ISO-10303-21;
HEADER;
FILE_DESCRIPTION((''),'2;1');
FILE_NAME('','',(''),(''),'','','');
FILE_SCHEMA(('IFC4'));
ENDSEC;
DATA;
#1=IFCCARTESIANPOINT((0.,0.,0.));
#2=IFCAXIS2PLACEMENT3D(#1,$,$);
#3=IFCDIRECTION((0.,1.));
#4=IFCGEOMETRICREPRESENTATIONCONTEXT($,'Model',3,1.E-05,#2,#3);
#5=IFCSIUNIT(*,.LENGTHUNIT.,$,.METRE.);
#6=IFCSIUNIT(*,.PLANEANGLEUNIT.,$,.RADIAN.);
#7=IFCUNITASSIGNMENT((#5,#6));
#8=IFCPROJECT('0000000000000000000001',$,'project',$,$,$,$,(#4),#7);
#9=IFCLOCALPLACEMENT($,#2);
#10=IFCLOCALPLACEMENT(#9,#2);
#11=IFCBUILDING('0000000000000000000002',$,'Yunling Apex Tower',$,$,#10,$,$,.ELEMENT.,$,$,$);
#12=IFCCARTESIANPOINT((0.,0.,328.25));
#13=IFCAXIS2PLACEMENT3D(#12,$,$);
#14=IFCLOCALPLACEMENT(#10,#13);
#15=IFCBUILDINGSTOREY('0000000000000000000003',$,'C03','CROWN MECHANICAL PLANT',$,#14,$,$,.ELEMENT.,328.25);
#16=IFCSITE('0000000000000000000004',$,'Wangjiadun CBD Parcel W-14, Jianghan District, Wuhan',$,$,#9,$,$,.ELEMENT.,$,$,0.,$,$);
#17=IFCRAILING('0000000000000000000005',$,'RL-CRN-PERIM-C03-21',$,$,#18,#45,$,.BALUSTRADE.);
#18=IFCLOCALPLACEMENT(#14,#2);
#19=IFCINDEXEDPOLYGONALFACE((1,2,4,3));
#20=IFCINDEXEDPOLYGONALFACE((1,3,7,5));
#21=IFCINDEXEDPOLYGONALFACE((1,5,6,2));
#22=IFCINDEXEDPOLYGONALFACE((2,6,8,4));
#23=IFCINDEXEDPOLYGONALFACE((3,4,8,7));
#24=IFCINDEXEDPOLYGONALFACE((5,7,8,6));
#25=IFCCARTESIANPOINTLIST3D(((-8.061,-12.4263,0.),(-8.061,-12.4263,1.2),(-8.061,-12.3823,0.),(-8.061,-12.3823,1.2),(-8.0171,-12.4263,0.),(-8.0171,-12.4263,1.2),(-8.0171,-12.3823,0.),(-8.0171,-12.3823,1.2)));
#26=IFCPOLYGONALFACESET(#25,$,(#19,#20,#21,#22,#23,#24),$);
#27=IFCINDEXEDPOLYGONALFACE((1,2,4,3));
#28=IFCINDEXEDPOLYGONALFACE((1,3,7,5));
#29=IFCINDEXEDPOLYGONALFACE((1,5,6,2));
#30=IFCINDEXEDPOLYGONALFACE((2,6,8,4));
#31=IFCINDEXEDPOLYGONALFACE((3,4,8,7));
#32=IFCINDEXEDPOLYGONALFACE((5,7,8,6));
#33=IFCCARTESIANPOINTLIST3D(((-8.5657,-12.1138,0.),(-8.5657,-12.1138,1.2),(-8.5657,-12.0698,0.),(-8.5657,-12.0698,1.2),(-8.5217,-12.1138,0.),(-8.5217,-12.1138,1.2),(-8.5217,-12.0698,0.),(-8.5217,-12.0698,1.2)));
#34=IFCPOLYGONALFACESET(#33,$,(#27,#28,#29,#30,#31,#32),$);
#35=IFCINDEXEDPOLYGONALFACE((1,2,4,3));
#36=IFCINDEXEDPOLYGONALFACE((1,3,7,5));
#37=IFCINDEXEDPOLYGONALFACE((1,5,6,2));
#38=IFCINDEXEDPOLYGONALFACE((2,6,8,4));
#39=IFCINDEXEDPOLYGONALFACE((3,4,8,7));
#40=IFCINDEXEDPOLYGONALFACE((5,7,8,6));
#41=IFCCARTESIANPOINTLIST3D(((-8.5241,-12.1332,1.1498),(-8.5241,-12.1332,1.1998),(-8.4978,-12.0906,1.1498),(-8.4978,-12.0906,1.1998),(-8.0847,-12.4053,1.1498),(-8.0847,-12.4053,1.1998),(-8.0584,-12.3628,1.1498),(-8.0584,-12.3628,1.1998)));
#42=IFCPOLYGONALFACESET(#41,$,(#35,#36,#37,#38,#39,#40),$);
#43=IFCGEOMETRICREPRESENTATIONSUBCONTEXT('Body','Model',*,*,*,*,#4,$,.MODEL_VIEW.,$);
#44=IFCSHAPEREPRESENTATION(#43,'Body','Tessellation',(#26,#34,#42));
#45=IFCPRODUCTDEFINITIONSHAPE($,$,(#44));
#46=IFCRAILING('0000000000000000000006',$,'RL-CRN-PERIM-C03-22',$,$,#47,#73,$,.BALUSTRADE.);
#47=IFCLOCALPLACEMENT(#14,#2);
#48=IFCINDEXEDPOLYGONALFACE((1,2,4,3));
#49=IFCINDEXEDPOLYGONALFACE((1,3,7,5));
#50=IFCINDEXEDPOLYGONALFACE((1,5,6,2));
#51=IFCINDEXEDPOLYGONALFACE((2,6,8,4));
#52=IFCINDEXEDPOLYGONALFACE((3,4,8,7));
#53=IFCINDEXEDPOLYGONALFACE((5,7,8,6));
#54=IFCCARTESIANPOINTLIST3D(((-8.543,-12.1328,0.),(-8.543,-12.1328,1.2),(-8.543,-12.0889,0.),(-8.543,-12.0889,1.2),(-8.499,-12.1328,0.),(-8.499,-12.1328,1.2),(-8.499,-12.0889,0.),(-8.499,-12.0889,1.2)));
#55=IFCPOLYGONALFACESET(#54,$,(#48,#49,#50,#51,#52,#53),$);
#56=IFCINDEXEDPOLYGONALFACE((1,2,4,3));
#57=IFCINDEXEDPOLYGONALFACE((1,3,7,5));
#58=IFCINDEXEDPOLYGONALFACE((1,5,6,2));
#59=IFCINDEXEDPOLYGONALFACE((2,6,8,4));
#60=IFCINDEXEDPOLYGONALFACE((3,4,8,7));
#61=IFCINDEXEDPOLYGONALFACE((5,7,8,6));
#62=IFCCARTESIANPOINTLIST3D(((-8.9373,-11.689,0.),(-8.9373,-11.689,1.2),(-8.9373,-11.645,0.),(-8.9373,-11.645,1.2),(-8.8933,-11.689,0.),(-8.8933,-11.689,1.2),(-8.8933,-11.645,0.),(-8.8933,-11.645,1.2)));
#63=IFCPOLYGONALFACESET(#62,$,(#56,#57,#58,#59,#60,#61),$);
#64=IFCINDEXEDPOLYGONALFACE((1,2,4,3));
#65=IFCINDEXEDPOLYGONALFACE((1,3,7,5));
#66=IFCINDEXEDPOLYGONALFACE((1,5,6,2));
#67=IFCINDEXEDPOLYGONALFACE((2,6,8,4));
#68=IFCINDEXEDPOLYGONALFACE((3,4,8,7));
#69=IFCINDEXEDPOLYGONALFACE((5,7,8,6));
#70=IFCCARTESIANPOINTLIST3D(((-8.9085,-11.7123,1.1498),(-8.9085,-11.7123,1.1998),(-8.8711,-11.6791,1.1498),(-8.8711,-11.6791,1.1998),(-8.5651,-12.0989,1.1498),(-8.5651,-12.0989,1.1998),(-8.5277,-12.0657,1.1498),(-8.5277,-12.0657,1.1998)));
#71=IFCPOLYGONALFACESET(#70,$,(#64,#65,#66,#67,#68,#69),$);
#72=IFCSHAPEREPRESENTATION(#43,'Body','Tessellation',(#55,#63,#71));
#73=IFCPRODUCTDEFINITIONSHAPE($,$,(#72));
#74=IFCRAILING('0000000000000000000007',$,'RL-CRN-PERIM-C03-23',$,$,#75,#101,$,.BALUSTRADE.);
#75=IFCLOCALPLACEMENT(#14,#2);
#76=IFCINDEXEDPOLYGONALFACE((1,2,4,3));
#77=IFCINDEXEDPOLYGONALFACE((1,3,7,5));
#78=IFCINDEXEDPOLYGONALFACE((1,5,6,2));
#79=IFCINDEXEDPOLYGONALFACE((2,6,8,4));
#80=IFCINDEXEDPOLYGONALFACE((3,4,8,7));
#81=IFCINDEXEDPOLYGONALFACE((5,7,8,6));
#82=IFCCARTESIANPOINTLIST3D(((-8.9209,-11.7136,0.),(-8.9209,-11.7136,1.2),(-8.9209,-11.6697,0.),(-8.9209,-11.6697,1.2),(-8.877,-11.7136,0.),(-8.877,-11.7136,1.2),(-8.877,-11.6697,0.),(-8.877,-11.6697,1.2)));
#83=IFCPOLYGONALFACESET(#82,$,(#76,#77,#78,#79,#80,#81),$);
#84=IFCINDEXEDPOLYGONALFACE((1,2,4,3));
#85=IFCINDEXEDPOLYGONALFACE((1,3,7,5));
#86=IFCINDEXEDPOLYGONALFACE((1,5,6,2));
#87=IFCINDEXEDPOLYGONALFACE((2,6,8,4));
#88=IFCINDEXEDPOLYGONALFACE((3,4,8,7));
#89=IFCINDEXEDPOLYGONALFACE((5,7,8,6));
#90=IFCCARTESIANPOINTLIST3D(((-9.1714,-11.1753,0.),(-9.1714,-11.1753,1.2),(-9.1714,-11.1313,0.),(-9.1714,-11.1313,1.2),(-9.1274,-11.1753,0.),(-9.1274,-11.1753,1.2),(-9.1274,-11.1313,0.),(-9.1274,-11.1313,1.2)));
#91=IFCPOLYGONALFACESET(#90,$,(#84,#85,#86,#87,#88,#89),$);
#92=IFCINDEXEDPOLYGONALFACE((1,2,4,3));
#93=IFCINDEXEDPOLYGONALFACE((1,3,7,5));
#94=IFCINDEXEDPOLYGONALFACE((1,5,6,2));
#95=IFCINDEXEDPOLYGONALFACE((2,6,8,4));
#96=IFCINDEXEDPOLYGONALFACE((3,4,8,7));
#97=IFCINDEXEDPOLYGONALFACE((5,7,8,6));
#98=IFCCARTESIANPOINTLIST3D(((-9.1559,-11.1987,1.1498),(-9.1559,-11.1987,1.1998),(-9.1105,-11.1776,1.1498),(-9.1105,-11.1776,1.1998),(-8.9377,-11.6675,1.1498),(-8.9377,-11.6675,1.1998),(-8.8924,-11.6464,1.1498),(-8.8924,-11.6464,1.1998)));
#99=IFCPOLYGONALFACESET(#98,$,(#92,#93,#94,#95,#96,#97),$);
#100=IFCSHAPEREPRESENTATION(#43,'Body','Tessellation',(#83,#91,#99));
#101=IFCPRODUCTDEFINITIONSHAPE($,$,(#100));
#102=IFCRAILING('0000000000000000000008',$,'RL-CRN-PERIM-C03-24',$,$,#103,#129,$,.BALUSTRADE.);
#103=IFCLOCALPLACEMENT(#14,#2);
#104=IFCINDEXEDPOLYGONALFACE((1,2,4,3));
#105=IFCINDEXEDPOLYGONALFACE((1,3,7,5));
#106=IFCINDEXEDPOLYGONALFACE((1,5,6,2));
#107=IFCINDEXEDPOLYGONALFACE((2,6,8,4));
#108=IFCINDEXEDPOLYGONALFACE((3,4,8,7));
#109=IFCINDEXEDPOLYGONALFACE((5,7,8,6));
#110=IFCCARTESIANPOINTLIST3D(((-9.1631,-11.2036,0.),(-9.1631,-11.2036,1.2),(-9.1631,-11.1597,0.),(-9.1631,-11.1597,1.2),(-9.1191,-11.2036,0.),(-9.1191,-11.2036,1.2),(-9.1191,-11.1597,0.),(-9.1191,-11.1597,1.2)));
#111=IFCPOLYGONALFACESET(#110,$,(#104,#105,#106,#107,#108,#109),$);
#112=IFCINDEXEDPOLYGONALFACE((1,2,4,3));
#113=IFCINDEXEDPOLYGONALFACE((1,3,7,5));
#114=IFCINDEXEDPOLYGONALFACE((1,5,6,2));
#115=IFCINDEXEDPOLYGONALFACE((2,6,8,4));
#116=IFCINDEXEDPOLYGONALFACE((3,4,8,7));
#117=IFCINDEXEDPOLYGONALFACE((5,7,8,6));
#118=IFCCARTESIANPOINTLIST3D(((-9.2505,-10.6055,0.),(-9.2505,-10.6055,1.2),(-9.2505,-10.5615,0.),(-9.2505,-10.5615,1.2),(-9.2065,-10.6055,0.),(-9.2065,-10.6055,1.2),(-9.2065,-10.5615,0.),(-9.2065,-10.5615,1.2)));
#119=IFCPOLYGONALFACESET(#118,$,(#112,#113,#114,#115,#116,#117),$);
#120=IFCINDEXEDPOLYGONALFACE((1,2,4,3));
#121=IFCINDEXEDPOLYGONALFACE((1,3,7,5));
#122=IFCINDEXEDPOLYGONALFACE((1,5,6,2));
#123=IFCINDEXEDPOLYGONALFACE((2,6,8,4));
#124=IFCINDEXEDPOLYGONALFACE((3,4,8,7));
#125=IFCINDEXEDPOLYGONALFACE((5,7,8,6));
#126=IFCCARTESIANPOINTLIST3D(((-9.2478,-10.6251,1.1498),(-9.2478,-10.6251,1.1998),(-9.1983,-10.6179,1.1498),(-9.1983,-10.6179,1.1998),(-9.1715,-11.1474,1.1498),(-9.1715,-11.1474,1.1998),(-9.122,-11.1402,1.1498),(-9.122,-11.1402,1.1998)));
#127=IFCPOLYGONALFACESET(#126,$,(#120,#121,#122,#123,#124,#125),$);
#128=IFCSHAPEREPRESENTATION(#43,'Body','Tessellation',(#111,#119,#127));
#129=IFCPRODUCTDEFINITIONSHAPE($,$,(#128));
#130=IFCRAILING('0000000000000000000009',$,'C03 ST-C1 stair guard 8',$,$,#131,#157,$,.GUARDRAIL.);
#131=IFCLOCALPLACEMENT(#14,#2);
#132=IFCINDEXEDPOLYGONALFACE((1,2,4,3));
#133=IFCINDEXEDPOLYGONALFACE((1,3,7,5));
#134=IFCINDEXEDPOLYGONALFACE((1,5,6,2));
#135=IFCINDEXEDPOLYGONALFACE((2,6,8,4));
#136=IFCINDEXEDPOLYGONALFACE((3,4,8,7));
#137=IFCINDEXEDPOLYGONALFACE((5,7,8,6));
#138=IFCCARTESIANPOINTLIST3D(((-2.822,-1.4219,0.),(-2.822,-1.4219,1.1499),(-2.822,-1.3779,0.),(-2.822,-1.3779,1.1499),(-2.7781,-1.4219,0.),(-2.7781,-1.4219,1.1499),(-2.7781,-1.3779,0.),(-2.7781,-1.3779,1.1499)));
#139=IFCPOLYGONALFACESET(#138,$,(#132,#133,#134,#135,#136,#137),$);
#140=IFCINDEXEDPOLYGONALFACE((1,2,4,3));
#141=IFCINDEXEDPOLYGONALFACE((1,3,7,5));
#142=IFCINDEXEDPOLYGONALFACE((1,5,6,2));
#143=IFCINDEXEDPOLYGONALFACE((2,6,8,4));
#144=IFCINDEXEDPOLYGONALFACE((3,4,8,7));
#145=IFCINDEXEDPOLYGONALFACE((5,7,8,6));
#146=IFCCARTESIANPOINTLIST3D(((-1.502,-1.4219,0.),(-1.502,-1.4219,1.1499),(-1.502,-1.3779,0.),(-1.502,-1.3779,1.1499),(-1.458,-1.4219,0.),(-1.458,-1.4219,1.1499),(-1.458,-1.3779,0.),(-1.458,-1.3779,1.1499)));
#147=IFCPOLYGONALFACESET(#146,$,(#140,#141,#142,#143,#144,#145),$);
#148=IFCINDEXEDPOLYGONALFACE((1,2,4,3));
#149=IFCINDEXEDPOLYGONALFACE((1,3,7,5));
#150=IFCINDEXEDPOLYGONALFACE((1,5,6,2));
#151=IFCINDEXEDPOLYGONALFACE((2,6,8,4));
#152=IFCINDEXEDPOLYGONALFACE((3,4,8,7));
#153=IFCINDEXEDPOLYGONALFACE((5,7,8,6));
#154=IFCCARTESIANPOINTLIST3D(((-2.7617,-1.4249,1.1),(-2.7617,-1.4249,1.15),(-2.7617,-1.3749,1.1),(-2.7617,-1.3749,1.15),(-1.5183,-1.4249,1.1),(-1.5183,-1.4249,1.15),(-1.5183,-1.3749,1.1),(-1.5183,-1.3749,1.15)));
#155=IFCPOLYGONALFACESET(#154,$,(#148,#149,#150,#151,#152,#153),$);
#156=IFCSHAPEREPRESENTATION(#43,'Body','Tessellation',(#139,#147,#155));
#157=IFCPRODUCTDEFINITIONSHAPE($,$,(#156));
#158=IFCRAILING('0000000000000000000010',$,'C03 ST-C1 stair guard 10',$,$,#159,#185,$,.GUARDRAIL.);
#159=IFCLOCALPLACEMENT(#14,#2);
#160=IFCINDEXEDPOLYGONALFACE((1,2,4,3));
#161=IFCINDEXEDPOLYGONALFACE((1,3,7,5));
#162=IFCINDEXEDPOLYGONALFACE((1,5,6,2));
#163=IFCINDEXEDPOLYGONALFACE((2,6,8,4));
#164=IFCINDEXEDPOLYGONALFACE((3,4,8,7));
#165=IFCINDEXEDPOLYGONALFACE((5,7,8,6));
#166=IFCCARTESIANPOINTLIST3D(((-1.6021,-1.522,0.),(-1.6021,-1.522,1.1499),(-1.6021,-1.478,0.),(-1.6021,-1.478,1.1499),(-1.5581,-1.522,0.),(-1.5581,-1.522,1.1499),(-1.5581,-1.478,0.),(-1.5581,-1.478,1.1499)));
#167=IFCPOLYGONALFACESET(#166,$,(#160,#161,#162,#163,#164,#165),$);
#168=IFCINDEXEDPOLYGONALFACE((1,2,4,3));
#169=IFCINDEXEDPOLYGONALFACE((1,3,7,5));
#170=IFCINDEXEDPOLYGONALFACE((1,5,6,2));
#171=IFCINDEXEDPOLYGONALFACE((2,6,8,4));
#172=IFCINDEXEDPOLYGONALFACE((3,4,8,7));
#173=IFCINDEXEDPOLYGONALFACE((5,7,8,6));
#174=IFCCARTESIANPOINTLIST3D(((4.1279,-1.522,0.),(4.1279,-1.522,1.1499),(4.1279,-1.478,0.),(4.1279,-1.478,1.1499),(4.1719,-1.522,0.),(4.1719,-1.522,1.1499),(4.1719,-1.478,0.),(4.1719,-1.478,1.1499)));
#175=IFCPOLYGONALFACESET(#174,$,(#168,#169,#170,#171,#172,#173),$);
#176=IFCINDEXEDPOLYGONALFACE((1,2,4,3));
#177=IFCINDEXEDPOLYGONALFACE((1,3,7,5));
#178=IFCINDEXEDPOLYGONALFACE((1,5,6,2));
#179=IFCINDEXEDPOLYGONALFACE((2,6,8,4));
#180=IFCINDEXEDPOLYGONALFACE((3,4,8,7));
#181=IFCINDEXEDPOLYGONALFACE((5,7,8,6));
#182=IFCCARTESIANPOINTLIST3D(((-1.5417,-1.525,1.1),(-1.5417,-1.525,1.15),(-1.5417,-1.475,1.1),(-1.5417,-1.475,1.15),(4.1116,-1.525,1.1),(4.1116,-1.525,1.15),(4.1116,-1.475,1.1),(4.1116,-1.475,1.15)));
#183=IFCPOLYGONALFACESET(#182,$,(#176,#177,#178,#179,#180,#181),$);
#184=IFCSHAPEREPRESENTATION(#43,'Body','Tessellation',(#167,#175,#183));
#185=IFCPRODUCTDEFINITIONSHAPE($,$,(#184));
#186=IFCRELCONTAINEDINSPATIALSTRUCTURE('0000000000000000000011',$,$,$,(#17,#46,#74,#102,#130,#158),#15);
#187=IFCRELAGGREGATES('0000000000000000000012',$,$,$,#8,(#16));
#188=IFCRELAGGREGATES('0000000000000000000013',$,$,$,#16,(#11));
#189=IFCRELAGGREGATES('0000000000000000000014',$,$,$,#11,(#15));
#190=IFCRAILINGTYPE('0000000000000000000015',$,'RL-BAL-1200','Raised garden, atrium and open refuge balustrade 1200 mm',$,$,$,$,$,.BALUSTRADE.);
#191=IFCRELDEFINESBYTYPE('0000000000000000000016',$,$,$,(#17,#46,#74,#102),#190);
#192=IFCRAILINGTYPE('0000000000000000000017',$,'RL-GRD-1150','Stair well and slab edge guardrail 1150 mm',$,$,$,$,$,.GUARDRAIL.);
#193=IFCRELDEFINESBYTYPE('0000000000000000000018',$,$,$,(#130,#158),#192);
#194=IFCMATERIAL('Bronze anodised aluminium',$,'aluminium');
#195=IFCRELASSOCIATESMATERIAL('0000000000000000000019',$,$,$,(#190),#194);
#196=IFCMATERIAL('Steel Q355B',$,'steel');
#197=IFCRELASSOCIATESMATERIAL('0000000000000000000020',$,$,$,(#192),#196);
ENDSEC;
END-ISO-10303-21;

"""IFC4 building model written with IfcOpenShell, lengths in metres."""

from ifc_helpers import new_model, si_unit, direction, frame, origin, origin_2d, place, context, subcontext, project, spatial, rectangle, extrude, material, type_object, element, save


model = new_model("IFC4")

# Units and contexts
model_context = context("Model", 3, precision=1e-05, world=origin(), true_north=direction((0.0, 1.0)))
body_context = subcontext(model_context, "Body", "Model", "MODEL_VIEW")
ifc_project = project(units=[si_unit("LENGTHUNIT", "METRE"), si_unit("PLANEANGLEUNIT", "RADIAN")], contexts=[model_context])

# Site, building, storey
site_placement = place(None, origin())
site = spatial("IfcSite", under=ifc_project, at=site_placement, Name="Wangjiadun CBD Parcel W-14, Jianghan District, Wuhan", CompositionType="ELEMENT", RefElevation=0.0)
building_placement = place(site_placement, origin())
building = spatial("IfcBuilding", under=site, at=building_placement, Name="Yunling Apex Tower", CompositionType="ELEMENT")
storey_placement = place(building_placement, frame((0.0, 0.0, 328.25)))
storey = spatial("IfcBuildingStorey", under=building, at=storey_placement, Name="C03", Description="CROWN MECHANICAL PLANT", CompositionType="ELEMENT", Elevation=328.25)

# Shared definitions
ifc_material_1 = material(Name="Steel Q355B", Category="steel")

# Shared definitions
ifc_material_2 = material(Name="Bronze anodised aluminium", Category="aluminium")

# Railings
railing_type_1 = type_object("IfcRailingType", Name="RL-BAL-1200", Description="Raised garden, atrium and open refuge balustrade 1200 mm", PredefinedType="BALUSTRADE", material=ifc_material_2)
railing_1_placement = place(storey_placement, frame((-8.0391, -12.4043, 0.0)))
element("IfcRailing", 1, at=railing_1_placement, inside=storey, type_object=railing_type_1, Name="RL-CRN-PERIM-C03-21", PredefinedType="BALUSTRADE", context=body_context, shape_type="SweptSolid", body=[
    extrude(rectangle(XDim=0.0439, YDim=0.0439, at=origin_2d()), origin(), (0.0, 0.0, 1.0), 1.2),
    extrude(rectangle(XDim=0.0439, YDim=0.0439, at=origin_2d()), frame((-0.5046, 0.3125, 0.0)), (0.0, 0.0, 1.0), 1.2),
    extrude(rectangle(XDim=0.05, YDim=0.05, at=origin_2d()), frame((-0.0325, 0.0203, 1.1748), z_axis=(-0.850186, 0.526482, 0.0), x_axis=(-0.526482, -0.850186, 0.0)), (0.0, 0.0, 1.0), 0.5168),
])
railing_2_placement = place(storey_placement, frame((-8.521, -12.1108, 0.0)))
element("IfcRailing", 2, at=railing_2_placement, inside=storey, type_object=railing_type_1, Name="RL-CRN-PERIM-C03-22", PredefinedType="BALUSTRADE", context=body_context, shape_type="SweptSolid", body=[
    extrude(rectangle(XDim=0.0439, YDim=0.0439, at=origin_2d()), origin(), (0.0, 0.0, 1.0), 1.2),
    extrude(rectangle(XDim=0.0439, YDim=0.0439, at=origin_2d()), frame((-0.3943, 0.4438, 0.0)), (0.0, 0.0, 1.0), 1.2),
    extrude(rectangle(XDim=0.05, YDim=0.05, at=origin_2d()), frame((-0.0254, 0.0286, 1.1748), z_axis=(-0.664134, 0.747613, 0.0), x_axis=(-0.747613, -0.664134, 0.0)), (0.0, 0.0, 1.0), 0.5171),
])
railing_3_placement = place(storey_placement, frame((-8.8989, -11.6917, 0.0)))
element("IfcRailing", 3, at=railing_3_placement, inside=storey, type_object=railing_type_1, Name="RL-CRN-PERIM-C03-23", PredefinedType="BALUSTRADE", context=body_context, shape_type="SweptSolid", body=[
    extrude(rectangle(XDim=0.0439, YDim=0.0439, at=origin_2d()), origin(), (0.0, 0.0, 1.0), 1.2),
    extrude(rectangle(XDim=0.0439, YDim=0.0439, at=origin_2d()), frame((-0.2505, 0.5383, 0.0)), (0.0, 0.0, 1.0), 1.2),
    extrude(rectangle(XDim=0.05, YDim=0.05, at=origin_2d()), frame((-0.0161, 0.0347, 1.1748), z_axis=(-0.421872, 0.906655, 0.0), x_axis=(-0.906655, -0.421872, 0.0)), (0.0, 0.0, 1.0), 0.5171),
])
railing_4_placement = place(storey_placement, frame((-9.1411, -11.1816, 0.0)))
element("IfcRailing", 4, at=railing_4_placement, inside=storey, type_object=railing_type_1, Name="RL-CRN-PERIM-C03-24", PredefinedType="BALUSTRADE", context=body_context, shape_type="SweptSolid", body=[
    extrude(rectangle(XDim=0.0439, YDim=0.0439, at=origin_2d()), origin(), (0.0, 0.0, 1.0), 1.2),
    extrude(rectangle(XDim=0.0439, YDim=0.0439, at=origin_2d()), frame((-0.0874, 0.5981, 0.0)), (0.0, 0.0, 1.0), 1.2),
    extrude(rectangle(XDim=0.05, YDim=0.05, at=origin_2d()), frame((-0.0056, 0.0378, 1.1748), z_axis=(-0.144587, 0.989492, 0.0), x_axis=(-0.989492, -0.144587, 0.0)), (0.0, 0.0, 1.0), 0.5278),
])
railing_type_2 = type_object("IfcRailingType", Name="RL-GRD-1150", Description="Stair well and slab edge guardrail 1150 mm", PredefinedType="GUARDRAIL", material=ifc_material_1)
railing_5_placement = place(storey_placement, frame((-2.8, -1.3999, 0.0)))
element("IfcRailing", 5, at=railing_5_placement, inside=storey, type_object=railing_type_2, Name="C03 ST-C1 stair guard 8", PredefinedType="GUARDRAIL", context=body_context, shape_type="SweptSolid", body=[
    extrude(rectangle(XDim=0.0439, YDim=0.0439, at=origin_2d()), origin(), (0.0, 0.0, 1.0), 1.1499),
    extrude(rectangle(XDim=0.0439, YDim=0.0439, at=origin_2d()), frame((1.3201, 0.0, 0.0)), (0.0, 0.0, 1.0), 1.1499),
    extrude(rectangle(XDim=0.05, YDim=0.05, at=origin_2d()), frame((0.0383, 0.0, 1.125), z_axis=(1.0, 0.0, 0.0), x_axis=(0.0, 1.0, 0.0)), (0.0, 0.0, 1.0), 1.2434),
])
railing_6_placement = place(storey_placement, frame((-1.5801, -1.5, 0.0)))
element("IfcRailing", 6, at=railing_6_placement, inside=storey, type_object=railing_type_2, Name="C03 ST-C1 stair guard 10", PredefinedType="GUARDRAIL", context=body_context, shape_type="SweptSolid", body=[
    extrude(rectangle(XDim=0.0439, YDim=0.0439, at=origin_2d()), origin(), (0.0, 0.0, 1.0), 1.1499),
    extrude(rectangle(XDim=0.0439, YDim=0.0439, at=origin_2d()), frame((5.73, 0.0, 0.0)), (0.0, 0.0, 1.0), 1.1499),
    extrude(rectangle(XDim=0.05, YDim=0.05, at=origin_2d()), frame((0.0383, 0.0, 1.125), z_axis=(1.0, 0.0, 0.0), x_axis=(0.0, 1.0, 0.0)), (0.0, 0.0, 1.0), 5.6533),
])

save(model, "model.ifc")
